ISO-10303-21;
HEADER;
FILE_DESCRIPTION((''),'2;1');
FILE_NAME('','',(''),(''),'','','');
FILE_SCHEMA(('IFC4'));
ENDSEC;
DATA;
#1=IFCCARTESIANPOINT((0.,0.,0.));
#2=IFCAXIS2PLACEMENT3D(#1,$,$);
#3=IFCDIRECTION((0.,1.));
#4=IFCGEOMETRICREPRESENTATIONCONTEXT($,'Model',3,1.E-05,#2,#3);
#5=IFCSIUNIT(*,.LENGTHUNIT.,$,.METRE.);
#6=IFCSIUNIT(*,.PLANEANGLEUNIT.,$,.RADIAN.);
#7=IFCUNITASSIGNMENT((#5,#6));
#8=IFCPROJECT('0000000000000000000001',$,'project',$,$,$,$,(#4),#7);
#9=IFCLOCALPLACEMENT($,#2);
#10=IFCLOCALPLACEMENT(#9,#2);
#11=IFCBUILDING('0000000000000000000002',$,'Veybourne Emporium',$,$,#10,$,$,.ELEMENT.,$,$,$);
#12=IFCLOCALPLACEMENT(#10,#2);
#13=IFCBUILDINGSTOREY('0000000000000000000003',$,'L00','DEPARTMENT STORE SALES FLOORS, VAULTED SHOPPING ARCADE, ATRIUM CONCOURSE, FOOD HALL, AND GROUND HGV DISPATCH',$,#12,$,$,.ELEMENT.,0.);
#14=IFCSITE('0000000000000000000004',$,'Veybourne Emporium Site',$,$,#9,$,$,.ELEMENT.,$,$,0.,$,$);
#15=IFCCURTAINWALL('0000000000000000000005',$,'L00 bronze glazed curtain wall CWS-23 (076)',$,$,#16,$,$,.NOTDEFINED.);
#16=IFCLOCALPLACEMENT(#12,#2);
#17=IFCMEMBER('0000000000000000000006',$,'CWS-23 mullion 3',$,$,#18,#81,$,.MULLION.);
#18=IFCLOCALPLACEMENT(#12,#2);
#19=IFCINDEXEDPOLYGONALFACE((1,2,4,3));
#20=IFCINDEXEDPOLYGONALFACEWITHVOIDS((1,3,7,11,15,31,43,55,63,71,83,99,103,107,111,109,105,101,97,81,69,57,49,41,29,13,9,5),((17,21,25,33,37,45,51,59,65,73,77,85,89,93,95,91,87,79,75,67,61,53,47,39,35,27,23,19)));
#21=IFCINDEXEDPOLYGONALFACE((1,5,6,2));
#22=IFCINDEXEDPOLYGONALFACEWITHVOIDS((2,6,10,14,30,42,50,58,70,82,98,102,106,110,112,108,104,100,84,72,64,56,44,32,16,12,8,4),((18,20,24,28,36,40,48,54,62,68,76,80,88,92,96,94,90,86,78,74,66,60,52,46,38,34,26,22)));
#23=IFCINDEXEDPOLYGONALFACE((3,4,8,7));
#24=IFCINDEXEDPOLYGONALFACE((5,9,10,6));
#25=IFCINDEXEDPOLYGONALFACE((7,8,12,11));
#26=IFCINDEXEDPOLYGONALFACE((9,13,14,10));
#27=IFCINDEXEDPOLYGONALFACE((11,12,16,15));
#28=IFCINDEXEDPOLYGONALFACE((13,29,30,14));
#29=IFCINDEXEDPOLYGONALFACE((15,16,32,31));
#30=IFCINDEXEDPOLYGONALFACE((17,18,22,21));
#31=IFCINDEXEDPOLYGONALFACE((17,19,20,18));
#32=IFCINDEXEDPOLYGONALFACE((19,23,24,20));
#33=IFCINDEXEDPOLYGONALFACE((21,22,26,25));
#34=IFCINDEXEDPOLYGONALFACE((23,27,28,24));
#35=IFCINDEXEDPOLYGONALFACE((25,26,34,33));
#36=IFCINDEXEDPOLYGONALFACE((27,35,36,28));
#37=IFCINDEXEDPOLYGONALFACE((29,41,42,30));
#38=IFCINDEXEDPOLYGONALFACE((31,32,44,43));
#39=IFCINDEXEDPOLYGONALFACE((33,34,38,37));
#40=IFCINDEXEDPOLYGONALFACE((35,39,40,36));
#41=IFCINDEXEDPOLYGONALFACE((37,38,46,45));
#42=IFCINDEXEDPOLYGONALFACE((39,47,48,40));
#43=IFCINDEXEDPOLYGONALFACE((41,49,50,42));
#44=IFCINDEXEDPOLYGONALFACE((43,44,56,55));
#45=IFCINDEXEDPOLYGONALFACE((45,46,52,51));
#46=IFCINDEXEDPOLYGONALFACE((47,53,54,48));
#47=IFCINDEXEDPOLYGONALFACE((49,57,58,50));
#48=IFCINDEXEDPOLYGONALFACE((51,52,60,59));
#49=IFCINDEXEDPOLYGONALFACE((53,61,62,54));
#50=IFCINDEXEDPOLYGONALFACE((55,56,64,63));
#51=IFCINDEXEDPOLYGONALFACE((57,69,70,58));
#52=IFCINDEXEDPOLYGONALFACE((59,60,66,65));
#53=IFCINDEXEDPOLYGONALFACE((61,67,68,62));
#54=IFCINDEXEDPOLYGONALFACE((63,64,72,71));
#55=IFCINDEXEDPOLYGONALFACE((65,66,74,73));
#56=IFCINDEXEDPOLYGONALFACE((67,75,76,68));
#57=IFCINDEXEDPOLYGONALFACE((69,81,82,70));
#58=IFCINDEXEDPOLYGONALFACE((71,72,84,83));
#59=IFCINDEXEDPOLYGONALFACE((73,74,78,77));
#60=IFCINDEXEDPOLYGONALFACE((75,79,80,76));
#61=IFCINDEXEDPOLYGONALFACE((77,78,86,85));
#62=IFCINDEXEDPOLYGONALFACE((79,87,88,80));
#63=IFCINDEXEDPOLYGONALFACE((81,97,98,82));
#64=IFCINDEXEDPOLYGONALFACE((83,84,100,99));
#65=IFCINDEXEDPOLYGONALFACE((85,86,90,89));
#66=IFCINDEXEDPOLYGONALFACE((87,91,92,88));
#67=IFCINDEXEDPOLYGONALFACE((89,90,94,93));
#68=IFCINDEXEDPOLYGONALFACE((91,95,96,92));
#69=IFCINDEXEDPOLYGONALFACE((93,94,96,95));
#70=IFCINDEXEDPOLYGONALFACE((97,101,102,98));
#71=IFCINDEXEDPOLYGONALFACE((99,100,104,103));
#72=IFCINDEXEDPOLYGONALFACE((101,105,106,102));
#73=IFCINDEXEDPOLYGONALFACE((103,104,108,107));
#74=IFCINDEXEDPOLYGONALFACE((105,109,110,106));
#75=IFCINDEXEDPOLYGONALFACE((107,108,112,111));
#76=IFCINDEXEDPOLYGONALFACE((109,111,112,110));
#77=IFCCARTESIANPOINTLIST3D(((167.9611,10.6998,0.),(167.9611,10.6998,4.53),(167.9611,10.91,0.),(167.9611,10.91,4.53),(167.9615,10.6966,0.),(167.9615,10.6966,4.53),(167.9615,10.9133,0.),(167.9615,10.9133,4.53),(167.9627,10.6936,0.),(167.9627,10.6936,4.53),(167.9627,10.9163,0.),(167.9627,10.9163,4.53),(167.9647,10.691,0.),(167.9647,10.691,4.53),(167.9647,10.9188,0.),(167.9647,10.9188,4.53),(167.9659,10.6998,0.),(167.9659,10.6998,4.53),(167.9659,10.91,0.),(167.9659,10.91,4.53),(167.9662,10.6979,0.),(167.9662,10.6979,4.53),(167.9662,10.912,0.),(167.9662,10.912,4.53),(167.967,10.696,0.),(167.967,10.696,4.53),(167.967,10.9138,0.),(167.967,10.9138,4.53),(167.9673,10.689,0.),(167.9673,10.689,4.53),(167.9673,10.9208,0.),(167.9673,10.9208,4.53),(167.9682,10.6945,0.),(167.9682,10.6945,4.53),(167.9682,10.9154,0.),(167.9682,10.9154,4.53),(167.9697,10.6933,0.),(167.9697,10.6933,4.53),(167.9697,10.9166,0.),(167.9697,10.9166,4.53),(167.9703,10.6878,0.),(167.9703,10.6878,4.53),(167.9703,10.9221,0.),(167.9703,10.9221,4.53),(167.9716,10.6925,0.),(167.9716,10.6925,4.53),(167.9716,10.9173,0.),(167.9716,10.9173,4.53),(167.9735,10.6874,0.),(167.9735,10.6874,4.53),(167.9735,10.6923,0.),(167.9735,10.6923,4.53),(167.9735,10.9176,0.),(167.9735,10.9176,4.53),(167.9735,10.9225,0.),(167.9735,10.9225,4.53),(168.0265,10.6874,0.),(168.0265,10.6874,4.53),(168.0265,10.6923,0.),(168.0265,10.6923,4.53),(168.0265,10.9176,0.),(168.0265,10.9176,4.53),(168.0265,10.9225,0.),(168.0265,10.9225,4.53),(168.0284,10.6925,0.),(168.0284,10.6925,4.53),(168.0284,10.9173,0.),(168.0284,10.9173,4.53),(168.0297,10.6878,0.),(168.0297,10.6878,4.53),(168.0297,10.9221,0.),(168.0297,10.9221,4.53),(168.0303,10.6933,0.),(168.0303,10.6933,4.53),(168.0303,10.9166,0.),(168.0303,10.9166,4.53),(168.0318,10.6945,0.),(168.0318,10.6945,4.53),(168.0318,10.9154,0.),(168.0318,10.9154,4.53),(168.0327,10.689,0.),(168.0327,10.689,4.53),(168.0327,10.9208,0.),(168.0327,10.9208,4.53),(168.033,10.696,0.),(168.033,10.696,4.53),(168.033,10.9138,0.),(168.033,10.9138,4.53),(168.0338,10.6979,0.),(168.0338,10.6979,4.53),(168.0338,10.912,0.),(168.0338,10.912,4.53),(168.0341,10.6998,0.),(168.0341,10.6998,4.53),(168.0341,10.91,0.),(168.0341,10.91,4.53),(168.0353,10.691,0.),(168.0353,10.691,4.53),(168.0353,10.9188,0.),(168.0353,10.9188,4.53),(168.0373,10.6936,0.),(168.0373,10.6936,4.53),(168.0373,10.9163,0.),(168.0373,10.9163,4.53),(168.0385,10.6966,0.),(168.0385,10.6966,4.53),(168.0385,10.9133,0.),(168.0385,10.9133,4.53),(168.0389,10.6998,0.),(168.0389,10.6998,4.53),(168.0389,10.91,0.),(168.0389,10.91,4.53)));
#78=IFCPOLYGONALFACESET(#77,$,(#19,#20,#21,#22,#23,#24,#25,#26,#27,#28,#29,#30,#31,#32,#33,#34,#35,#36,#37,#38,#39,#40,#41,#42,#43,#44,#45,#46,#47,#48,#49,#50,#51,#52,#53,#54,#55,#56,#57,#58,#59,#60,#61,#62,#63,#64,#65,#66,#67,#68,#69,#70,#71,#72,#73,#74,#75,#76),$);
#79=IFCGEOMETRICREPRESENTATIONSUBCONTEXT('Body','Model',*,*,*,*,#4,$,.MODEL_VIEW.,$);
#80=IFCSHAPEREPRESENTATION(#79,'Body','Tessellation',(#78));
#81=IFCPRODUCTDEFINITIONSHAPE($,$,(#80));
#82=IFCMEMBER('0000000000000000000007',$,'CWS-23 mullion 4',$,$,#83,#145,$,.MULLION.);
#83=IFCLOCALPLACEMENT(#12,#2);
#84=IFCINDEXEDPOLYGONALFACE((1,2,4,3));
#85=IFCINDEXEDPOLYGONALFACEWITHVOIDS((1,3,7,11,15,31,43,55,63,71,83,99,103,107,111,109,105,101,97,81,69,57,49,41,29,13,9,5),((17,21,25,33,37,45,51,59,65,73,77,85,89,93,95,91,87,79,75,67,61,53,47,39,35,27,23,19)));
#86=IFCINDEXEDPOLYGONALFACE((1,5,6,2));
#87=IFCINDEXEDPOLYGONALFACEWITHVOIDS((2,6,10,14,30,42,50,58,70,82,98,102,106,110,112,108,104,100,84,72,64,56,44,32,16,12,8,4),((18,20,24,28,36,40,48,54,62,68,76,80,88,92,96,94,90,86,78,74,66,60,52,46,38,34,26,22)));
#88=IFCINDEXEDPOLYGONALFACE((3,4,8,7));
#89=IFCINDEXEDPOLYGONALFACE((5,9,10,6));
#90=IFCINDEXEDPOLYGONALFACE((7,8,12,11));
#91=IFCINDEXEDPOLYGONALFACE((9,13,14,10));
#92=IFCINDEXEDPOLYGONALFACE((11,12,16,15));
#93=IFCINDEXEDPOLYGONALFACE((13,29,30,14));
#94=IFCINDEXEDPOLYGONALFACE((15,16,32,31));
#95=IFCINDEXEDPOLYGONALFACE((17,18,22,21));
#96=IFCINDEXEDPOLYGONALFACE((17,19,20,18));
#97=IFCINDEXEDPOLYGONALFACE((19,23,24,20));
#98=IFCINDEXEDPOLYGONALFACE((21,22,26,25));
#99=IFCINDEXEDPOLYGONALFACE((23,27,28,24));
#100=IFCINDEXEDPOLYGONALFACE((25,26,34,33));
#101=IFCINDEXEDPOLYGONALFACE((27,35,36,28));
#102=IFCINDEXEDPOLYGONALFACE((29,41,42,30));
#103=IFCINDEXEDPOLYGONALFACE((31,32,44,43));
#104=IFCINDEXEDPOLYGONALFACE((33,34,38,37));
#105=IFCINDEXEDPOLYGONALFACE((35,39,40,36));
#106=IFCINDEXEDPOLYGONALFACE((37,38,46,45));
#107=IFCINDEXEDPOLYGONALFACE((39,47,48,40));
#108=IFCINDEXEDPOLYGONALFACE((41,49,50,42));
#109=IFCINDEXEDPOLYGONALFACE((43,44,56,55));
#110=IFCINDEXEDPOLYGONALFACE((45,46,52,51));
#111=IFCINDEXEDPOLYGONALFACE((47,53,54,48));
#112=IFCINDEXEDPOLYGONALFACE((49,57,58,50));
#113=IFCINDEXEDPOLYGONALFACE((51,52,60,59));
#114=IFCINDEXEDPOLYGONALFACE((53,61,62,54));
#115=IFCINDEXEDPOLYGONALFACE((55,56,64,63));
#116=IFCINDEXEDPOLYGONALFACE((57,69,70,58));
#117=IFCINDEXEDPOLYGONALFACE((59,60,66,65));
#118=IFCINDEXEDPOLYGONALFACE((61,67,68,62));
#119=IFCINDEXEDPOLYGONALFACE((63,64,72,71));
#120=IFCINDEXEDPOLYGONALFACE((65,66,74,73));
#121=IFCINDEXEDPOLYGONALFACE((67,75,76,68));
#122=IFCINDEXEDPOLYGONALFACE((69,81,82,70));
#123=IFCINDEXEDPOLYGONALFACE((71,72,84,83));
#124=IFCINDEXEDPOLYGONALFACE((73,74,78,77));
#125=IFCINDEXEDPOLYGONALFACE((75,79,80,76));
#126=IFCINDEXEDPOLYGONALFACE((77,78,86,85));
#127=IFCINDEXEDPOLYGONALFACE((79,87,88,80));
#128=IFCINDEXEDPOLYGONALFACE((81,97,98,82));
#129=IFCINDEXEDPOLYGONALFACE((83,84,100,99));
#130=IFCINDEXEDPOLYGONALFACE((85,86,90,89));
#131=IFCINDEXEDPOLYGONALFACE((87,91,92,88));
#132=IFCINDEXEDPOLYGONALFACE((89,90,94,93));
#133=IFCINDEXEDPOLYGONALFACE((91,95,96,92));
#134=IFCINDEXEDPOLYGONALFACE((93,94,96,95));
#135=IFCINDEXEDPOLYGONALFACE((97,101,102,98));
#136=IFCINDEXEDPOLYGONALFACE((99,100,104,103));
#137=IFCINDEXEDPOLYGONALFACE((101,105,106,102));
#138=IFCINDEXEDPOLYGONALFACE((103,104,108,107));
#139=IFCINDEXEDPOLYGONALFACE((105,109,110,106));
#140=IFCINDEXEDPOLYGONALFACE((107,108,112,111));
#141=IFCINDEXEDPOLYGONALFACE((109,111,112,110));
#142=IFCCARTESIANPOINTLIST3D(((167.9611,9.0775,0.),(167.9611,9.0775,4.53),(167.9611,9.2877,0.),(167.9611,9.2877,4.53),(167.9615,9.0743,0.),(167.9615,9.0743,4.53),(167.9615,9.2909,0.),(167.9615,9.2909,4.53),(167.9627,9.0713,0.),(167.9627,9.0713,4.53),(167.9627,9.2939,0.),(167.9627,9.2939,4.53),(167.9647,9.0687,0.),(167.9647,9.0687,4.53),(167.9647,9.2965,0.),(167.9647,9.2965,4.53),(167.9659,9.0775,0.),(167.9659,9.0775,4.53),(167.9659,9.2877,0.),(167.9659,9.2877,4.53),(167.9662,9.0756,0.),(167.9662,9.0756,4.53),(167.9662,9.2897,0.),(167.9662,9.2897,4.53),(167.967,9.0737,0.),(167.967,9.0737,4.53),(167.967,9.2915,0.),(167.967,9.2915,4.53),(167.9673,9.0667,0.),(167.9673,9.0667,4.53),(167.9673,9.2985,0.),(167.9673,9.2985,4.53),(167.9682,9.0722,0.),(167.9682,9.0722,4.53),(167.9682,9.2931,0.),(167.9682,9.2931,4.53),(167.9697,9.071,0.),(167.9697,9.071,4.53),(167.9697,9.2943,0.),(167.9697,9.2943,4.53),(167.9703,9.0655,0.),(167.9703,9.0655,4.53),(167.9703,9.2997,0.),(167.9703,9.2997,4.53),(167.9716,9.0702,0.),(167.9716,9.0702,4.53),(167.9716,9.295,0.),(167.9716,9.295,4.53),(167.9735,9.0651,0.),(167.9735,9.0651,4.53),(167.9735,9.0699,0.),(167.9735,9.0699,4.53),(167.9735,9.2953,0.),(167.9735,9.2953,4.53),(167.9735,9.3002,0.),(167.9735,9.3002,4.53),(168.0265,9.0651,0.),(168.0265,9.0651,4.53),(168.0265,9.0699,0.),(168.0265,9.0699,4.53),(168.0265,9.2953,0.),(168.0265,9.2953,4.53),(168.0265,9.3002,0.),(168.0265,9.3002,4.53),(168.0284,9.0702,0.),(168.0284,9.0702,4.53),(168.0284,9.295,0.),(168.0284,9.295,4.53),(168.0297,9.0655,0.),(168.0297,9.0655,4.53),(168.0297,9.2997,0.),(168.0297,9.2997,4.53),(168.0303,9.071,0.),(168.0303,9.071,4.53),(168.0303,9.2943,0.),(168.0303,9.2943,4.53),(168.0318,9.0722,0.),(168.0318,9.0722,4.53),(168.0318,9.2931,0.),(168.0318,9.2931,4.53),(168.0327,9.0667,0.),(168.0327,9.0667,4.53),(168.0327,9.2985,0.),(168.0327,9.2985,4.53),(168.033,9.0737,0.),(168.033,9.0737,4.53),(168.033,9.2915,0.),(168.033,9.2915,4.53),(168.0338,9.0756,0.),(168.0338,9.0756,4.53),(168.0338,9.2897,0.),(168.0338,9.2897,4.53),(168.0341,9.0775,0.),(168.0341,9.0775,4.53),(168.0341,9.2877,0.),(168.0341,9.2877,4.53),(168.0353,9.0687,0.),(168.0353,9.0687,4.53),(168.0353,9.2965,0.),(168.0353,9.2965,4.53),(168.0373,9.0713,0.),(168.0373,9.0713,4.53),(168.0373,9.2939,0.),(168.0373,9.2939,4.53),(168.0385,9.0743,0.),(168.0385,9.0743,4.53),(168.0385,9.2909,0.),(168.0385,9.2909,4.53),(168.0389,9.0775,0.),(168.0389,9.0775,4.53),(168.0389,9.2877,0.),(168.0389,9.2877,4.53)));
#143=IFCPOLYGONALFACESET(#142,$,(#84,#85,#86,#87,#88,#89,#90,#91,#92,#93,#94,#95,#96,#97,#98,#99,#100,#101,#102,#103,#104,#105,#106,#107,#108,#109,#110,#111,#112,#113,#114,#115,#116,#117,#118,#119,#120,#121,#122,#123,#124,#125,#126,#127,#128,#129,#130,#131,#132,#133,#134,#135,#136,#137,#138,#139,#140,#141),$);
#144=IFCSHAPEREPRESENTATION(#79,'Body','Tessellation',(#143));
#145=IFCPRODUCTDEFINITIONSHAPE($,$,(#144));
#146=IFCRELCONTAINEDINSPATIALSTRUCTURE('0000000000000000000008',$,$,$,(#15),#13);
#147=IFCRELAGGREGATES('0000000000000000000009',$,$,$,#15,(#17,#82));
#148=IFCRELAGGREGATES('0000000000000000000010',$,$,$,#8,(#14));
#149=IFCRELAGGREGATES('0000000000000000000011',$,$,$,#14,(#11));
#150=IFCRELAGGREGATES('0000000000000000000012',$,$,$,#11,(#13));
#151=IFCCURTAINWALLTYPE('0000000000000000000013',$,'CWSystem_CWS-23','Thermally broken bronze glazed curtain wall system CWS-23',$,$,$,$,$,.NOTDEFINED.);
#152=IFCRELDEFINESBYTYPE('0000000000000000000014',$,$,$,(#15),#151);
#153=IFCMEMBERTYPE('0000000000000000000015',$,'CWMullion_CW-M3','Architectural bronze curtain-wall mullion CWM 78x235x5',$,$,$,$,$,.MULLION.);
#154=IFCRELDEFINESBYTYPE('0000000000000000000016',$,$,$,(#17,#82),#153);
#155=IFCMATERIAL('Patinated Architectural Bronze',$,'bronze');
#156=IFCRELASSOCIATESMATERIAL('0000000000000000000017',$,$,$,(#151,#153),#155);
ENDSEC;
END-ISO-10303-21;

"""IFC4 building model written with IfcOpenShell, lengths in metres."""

from ifc_helpers import new_model, si_unit, direction, frame, origin, origin_2d, place, context, subcontext, project, spatial, hollow_rectangle, extrude, material, material_profile, profile_set, type_object, element, aggregate, save


model = new_model("IFC4")

# Units and contexts
model_context = context("Model", 3, precision=1e-05, world=origin(), true_north=direction((0.0, 1.0)))
body_context = subcontext(model_context, "Body", "Model", "MODEL_VIEW")
ifc_project = project(units=[si_unit("LENGTHUNIT", "METRE"), si_unit("PLANEANGLEUNIT", "RADIAN")], contexts=[model_context])

# Site, building, storey
site_placement = place(None, origin())
site = spatial("IfcSite", under=ifc_project, at=site_placement, Name="Veybourne Emporium Site", CompositionType="ELEMENT", RefElevation=0.0)
building_placement = place(site_placement, origin())
building = spatial("IfcBuilding", under=site, at=building_placement, Name="Veybourne Emporium", CompositionType="ELEMENT")
storey_placement = place(building_placement, origin())
storey = spatial("IfcBuildingStorey", under=building, at=storey_placement, Name="L00", Description="DEPARTMENT STORE SALES FLOORS, VAULTED SHOPPING ARCADE, ATRIUM CONCOURSE, FOOD HALL, AND GROUND HGV DISPATCH", CompositionType="ELEMENT", Elevation=0.0)

# Curtain wall, members
ifc_material_1 = material(Name="Patinated Architectural Bronze", Category="bronze")
curtain_wall_type_1 = type_object("IfcCurtainWallType", Name="CWSystem_CWS-23", Description="Thermally broken bronze glazed curtain wall system CWS-23", PredefinedType="NOTDEFINED", material=ifc_material_1)
curtain_wall_1_placement = place(storey_placement, origin())
curtain_wall_1 = element("IfcCurtainWall", 1, at=curtain_wall_1_placement, inside=storey, type_object=curtain_wall_type_1, Name="L00 bronze glazed curtain wall CWS-23 (076)", PredefinedType="NOTDEFINED")
ifc_material_profile_1 = material_profile(ifc_material_1, hollow_rectangle(XDim=0.0779, YDim=0.2351, WallThickness=0.0049, InnerFilletRadius=0.0076, OuterFilletRadius=0.0125, at=origin_2d()), Name="CWM 78x235x5")
ifc_profile_set_1 = profile_set([ifc_material_profile_1], Name="Patinated Architectural Bronze")
member_type_1 = type_object("IfcMemberType", Name="CWMullion_CW-M3", Description="Architectural bronze curtain-wall mullion CWM 78x235x5", PredefinedType="MULLION", material=ifc_profile_set_1)
member_1_placement = place(storey_placement, frame((168.0, 10.8049, 0.0), z_axis=(0.0, 0.0, 1.0), x_axis=(1.0, 0.0, 0.0)))
member_1 = element("IfcMember", 2, at=member_1_placement, type_object=member_type_1, Name="CWS-23 mullion 3", PredefinedType="MULLION", context=body_context, shape_type="SweptSolid", body=[
    extrude(hollow_rectangle(XDim=0.0779, YDim=0.2351, WallThickness=0.0049, InnerFilletRadius=0.0076, OuterFilletRadius=0.0125, at=origin_2d()), origin(), (0.0, 0.0, 1.0), 4.53),
])
member_2_placement = place(storey_placement, frame((168.0, 9.1826, 0.0), z_axis=(0.0, 0.0, 1.0), x_axis=(1.0, 0.0, 0.0)))
member_2 = element("IfcMember", 3, at=member_2_placement, type_object=member_type_1, Name="CWS-23 mullion 4", PredefinedType="MULLION", context=body_context, shape_type="SweptSolid", body=[
    extrude(hollow_rectangle(XDim=0.0779, YDim=0.2351, WallThickness=0.0049, InnerFilletRadius=0.0076, OuterFilletRadius=0.0125, at=origin_2d()), origin(), (0.0, 0.0, 1.0), 4.53),
])

aggregate(curtain_wall_1, [member_1, member_2])

save(model, "model.ifc")
